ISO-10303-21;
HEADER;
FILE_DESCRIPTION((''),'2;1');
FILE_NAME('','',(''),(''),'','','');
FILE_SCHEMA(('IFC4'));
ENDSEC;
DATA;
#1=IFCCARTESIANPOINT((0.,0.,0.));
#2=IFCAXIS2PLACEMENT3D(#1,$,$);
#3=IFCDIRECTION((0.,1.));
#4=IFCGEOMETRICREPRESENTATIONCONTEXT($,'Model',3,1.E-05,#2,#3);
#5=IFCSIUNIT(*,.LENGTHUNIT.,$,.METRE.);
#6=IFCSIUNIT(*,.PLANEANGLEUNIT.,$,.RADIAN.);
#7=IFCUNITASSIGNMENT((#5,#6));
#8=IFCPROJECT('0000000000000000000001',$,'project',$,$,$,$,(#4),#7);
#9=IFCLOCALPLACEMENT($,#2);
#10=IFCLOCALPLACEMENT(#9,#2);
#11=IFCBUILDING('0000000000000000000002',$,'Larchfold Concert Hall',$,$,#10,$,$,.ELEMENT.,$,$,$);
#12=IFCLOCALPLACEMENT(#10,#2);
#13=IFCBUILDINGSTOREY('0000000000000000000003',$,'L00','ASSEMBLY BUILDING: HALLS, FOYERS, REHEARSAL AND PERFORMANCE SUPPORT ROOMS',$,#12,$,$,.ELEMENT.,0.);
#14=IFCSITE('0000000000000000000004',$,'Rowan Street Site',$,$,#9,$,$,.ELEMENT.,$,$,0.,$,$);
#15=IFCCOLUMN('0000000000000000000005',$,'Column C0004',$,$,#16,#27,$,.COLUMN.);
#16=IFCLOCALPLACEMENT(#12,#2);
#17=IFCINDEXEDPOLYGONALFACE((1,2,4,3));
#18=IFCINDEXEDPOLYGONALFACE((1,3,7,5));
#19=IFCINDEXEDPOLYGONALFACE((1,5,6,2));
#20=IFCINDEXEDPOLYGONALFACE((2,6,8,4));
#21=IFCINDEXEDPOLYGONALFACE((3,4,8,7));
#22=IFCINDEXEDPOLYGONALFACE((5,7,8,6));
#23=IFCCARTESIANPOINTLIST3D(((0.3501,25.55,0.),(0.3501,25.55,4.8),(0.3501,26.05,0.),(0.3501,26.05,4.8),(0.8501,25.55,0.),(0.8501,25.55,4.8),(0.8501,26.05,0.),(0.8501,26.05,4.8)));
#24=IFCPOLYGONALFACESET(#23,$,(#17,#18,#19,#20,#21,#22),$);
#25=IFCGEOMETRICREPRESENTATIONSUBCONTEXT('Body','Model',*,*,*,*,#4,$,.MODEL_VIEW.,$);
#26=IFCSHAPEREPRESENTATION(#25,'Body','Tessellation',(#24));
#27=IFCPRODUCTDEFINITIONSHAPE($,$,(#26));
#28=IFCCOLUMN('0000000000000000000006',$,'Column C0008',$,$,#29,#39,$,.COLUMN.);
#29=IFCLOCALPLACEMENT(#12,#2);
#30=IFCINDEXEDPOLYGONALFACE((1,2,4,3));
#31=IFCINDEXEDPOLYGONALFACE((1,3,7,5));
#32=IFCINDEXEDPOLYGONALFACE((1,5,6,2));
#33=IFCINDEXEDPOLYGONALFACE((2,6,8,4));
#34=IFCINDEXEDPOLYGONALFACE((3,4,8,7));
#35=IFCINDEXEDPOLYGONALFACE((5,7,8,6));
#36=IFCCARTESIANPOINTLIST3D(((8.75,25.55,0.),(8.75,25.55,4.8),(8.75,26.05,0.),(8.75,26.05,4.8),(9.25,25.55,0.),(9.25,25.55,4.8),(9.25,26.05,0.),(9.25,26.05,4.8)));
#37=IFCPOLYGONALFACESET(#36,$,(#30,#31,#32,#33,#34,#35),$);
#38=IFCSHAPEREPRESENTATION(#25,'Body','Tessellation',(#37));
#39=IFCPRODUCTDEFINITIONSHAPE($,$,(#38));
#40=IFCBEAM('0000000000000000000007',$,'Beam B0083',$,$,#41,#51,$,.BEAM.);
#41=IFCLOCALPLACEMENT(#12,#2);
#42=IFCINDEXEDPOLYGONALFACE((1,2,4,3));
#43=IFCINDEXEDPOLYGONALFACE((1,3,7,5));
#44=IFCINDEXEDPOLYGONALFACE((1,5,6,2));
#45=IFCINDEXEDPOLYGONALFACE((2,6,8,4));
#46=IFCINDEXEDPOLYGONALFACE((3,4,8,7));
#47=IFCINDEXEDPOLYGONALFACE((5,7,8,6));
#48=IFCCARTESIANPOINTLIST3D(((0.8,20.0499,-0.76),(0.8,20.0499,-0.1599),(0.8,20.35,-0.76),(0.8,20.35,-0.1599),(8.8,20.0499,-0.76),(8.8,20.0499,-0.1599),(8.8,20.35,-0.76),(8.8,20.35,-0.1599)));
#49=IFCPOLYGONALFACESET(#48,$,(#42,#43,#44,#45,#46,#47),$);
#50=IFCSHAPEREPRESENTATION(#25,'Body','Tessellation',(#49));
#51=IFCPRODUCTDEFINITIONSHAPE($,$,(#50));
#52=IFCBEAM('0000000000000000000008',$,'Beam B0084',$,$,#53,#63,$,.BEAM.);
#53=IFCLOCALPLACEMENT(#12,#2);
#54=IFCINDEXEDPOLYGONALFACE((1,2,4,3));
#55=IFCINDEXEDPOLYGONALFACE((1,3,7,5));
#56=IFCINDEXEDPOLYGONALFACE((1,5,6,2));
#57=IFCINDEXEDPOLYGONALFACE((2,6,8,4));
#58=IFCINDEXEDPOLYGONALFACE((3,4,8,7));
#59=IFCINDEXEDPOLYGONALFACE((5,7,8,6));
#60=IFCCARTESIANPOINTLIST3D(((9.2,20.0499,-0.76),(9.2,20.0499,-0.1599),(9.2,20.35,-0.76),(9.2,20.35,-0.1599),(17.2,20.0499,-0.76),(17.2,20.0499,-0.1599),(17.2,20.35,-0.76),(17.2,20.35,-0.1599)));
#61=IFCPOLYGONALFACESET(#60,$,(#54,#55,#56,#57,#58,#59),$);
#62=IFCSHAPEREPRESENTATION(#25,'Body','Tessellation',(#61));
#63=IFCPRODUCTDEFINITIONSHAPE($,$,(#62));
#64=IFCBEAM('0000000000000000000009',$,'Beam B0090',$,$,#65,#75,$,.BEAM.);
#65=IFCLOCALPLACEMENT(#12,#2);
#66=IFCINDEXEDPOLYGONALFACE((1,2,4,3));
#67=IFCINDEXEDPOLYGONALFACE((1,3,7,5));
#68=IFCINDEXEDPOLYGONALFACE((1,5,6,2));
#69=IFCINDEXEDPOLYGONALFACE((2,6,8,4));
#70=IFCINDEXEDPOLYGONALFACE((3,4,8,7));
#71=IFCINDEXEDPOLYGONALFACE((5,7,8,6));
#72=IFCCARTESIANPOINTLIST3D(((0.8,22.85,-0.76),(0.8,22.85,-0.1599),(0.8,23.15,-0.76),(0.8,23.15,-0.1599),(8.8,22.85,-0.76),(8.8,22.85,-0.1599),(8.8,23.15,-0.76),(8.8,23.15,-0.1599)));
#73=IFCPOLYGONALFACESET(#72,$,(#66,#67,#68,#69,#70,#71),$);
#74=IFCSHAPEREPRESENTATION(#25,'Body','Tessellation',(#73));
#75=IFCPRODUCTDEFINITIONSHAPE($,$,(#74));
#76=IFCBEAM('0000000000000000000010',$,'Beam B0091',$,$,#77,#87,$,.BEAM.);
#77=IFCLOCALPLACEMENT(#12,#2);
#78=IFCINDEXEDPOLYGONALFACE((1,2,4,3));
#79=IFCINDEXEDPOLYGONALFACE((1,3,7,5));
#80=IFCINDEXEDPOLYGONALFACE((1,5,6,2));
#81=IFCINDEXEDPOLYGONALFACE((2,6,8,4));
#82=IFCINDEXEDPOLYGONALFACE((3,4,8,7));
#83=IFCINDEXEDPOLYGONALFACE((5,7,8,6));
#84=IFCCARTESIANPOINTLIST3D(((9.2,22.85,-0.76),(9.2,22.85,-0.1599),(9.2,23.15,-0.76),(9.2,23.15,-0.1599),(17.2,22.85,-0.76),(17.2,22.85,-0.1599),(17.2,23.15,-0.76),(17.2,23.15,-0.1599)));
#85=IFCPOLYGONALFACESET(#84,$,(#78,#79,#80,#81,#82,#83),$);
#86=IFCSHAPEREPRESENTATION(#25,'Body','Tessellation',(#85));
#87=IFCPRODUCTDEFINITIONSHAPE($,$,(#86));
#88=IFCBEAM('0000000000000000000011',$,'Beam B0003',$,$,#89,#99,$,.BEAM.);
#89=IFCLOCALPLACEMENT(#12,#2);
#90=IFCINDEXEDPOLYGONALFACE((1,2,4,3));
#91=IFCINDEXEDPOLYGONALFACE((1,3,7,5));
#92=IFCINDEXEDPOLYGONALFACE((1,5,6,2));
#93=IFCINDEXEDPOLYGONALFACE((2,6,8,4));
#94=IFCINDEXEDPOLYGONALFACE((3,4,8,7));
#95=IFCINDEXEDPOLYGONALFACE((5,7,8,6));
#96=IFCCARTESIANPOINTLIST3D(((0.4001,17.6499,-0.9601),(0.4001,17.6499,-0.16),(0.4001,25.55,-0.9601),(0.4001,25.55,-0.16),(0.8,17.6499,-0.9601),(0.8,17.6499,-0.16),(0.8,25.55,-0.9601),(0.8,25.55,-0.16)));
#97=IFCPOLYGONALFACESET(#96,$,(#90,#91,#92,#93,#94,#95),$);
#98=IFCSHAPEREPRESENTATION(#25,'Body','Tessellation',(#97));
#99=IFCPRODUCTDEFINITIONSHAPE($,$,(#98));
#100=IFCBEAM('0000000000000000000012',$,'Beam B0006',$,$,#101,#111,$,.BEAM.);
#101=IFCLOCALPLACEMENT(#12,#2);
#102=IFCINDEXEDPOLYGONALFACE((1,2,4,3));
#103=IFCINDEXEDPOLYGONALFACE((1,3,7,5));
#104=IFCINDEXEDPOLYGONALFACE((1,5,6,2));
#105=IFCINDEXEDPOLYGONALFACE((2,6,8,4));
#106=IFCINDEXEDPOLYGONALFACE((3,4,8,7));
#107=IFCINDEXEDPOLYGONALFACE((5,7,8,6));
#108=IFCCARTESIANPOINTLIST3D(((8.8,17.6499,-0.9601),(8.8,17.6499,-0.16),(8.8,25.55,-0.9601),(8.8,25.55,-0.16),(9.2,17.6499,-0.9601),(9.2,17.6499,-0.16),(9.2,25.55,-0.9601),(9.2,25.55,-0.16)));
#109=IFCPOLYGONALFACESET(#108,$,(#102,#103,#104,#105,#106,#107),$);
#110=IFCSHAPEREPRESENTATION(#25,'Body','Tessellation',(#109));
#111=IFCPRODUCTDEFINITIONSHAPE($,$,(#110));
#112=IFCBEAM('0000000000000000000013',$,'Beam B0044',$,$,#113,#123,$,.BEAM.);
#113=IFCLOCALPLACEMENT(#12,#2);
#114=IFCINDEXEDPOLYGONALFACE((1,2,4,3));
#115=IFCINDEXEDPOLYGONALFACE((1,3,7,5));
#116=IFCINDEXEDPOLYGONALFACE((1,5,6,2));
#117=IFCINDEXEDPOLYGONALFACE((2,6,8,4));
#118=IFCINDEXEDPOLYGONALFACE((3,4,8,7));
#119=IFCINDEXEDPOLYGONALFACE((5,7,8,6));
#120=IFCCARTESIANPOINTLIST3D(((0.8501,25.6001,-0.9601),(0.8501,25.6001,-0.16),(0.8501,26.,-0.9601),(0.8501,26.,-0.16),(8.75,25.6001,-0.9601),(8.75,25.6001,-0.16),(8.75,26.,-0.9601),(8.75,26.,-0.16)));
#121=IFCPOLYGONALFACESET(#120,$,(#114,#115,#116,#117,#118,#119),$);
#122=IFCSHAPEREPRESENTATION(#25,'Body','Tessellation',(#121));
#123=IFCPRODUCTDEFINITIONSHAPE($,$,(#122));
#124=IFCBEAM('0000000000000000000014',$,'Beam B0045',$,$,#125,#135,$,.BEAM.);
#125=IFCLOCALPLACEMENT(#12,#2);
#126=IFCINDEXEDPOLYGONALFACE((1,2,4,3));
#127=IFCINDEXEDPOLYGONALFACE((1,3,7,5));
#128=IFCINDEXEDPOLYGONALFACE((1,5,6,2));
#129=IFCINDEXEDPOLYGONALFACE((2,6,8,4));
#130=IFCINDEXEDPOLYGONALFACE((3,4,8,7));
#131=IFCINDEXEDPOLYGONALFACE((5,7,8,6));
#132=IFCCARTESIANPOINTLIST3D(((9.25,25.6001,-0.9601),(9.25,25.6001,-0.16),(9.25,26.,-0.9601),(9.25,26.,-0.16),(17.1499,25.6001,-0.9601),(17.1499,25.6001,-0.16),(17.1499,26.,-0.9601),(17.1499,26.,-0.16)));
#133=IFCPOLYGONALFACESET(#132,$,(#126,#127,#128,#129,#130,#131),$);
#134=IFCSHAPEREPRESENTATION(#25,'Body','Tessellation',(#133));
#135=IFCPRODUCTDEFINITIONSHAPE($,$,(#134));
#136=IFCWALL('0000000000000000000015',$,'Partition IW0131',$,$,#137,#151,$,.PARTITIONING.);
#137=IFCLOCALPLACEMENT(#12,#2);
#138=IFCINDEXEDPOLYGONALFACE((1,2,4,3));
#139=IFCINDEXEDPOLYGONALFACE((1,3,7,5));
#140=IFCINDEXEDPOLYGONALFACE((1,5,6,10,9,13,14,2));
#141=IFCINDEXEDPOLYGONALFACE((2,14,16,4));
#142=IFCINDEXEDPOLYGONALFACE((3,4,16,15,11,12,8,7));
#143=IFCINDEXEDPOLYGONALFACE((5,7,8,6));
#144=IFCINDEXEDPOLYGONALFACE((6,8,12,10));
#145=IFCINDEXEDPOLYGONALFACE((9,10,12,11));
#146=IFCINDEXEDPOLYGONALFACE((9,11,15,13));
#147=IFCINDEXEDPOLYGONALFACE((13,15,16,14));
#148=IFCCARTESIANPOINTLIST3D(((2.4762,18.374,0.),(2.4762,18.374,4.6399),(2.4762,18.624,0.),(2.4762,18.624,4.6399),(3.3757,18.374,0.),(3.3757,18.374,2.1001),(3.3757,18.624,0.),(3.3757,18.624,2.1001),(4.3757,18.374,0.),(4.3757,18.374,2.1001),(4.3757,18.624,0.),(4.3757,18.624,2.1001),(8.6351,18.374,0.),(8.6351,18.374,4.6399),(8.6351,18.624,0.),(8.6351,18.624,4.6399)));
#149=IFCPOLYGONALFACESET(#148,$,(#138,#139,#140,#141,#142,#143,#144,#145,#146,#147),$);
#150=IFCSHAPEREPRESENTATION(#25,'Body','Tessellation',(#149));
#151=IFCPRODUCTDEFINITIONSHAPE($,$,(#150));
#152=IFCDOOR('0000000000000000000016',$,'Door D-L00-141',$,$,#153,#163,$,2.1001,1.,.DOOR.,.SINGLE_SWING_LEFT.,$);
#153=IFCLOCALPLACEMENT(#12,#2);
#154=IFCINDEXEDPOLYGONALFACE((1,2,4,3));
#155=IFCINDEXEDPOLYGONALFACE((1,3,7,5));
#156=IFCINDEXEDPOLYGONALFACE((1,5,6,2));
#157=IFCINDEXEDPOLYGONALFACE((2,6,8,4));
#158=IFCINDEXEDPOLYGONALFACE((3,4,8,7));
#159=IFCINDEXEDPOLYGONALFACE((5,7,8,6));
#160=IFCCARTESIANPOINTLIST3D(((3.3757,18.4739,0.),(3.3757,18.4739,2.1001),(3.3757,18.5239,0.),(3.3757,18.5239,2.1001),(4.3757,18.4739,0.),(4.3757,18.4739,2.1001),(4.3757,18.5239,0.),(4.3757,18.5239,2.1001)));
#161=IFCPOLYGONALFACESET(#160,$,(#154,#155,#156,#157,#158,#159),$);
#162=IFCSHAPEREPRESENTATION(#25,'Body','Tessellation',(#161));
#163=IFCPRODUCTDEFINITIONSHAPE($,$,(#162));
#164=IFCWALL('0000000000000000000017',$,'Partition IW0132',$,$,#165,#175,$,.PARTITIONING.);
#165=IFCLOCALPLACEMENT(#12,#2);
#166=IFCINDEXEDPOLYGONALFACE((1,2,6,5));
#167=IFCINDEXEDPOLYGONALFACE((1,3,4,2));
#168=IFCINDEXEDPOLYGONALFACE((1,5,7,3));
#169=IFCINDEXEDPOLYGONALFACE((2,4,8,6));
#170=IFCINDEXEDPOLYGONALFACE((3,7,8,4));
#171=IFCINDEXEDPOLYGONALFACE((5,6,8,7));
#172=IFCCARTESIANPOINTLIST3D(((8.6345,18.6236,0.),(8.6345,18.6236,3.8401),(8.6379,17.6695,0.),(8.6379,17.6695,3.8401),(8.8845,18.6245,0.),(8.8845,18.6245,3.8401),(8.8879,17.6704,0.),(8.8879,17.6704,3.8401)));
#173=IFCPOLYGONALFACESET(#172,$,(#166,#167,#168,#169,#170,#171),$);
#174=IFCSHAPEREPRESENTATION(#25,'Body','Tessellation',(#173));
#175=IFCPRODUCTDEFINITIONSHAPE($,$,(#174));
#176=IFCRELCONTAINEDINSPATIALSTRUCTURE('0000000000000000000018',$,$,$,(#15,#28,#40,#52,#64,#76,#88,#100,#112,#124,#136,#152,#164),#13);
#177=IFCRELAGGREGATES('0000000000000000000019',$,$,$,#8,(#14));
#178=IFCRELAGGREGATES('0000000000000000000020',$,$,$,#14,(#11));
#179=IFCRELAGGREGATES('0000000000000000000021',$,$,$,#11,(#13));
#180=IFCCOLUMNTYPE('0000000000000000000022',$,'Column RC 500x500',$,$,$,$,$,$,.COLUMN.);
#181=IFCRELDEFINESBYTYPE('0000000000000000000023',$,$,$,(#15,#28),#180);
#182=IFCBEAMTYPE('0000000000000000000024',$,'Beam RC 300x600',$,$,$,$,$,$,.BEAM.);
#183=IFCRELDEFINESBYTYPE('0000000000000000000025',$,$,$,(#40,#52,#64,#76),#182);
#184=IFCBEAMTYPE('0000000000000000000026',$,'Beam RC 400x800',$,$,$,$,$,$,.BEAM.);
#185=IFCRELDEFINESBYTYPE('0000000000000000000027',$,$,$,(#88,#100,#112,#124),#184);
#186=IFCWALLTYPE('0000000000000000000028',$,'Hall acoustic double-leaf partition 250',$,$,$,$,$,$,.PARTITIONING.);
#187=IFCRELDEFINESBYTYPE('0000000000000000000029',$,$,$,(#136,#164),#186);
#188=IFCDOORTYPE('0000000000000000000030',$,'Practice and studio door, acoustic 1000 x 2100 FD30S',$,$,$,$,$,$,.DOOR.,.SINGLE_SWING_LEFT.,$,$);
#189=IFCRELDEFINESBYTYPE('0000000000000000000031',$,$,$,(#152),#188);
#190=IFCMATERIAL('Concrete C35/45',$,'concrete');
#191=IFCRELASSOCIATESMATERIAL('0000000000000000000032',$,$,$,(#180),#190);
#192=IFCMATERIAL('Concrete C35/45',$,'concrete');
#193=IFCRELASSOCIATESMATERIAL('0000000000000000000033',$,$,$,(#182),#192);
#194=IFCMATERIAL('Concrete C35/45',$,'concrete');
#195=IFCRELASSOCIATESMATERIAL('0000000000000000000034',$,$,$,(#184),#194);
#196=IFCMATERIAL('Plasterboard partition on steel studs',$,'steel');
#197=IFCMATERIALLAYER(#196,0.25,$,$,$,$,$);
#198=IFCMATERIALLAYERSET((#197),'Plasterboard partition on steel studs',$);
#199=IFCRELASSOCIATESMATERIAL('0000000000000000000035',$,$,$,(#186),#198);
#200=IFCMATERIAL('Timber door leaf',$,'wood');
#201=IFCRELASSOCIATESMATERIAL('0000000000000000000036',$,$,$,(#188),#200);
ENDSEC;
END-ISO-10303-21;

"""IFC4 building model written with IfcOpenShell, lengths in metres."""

from ifc_helpers import new_model, si_unit, direction, frame, frame_2d, origin, origin_2d, place, context, subcontext, project, spatial, rectangle, extrude, material, layer, layer_set, material_profile, profile_set, type_object, element, fill, save


model = new_model("IFC4")

# Units and contexts
model_context = context("Model", 3, precision=1e-05, world=origin(), true_north=direction((0.0, 1.0)))
body_context = subcontext(model_context, "Body", "Model", "MODEL_VIEW")
ifc_project = project(units=[si_unit("LENGTHUNIT", "METRE"), si_unit("PLANEANGLEUNIT", "RADIAN")], contexts=[model_context])

# Site, building, storey
site_placement = place(None, origin())
site = spatial("IfcSite", under=ifc_project, at=site_placement, Name="Rowan Street Site", CompositionType="ELEMENT", RefElevation=0.0)
building_placement = place(site_placement, origin())
building = spatial("IfcBuilding", under=site, at=building_placement, Name="Larchfold Concert Hall", CompositionType="ELEMENT")
storey_placement = place(building_placement, origin())
storey = spatial("IfcBuildingStorey", under=building, at=storey_placement, Name="L00", Description="ASSEMBLY BUILDING: HALLS, FOYERS, REHEARSAL AND PERFORMANCE SUPPORT ROOMS", CompositionType="ELEMENT", Elevation=0.0)

# Columns
ifc_material_1 = material(Name="Concrete C35/45", Category="concrete")
ifc_material_profile_1 = material_profile(ifc_material_1, rectangle(XDim=0.5, YDim=0.5, at=origin_2d()))
ifc_profile_set_1 = profile_set([ifc_material_profile_1], Name="Concrete C35/45")
column_type = type_object("IfcColumnType", Name="Column RC 500x500", PredefinedType="COLUMN", material=ifc_profile_set_1)
for number, where, z_axis, x_axis, name in (
    (1, (0.6001, 25.8, 0.0), (0.0, 0.0, 1.0), (1.0, 0.0, 0.0), "Column C0004"),
    (2, (9.0, 25.8, 0.0), (0.0, 0.0, 1.0), (1.0, 0.0, 0.0), "Column C0008"),
):
    element("IfcColumn", number, at=place(storey_placement, frame(where, z_axis=z_axis, x_axis=x_axis)), inside=storey, type_object=column_type, Name=name, PredefinedType="COLUMN", context=body_context, shape_type="SweptSolid", body=[
        extrude(rectangle(XDim=0.5, YDim=0.5, at=origin_2d()), origin(), (0.0, 0.0, 1.0), 4.8),
    ])

# Beams
ifc_material_2 = material(Name="Concrete C35/45", Category="concrete")
ifc_material_profile_2 = material_profile(ifc_material_2, rectangle(XDim=0.3, YDim=0.6001, at=origin_2d()))
ifc_profile_set_2 = profile_set([ifc_material_profile_2], Name="Concrete C35/45")
beam_type_1 = type_object("IfcBeamType", Name="Beam RC 300x600", PredefinedType="BEAM", material=ifc_profile_set_2)
for number, where, z_axis, x_axis, name in (
    (3, (0.8, 20.2, -0.46), (1.0, 0.0, 0.0), (0.0, 1.0, 0.0), "Beam B0083"),
    (4, (9.2, 20.2, -0.46), (1.0, 0.0, 0.0), (0.0, 1.0, 0.0), "Beam B0084"),
    (5, (0.8, 23.0, -0.46), (1.0, 0.0, 0.0), (0.0, 1.0, 0.0), "Beam B0090"),
    (6, (9.2, 23.0, -0.46), (1.0, 0.0, 0.0), (0.0, 1.0, 0.0), "Beam B0091"),
):
    element("IfcBeam", number, at=place(storey_placement, frame(where, z_axis=z_axis, x_axis=x_axis)), inside=storey, type_object=beam_type_1, Name=name, PredefinedType="BEAM", context=body_context, shape_type="SweptSolid", body=[
        extrude(rectangle(XDim=0.3, YDim=0.6001, at=origin_2d()), origin(), (0.0, 0.0, 1.0), 8.0),
    ])
ifc_material_3 = material(Name="Concrete C35/45", Category="concrete")
ifc_material_profile_3 = material_profile(ifc_material_3, rectangle(XDim=0.3999, YDim=0.8, at=origin_2d()))
ifc_profile_set_3 = profile_set([ifc_material_profile_3], Name="Concrete C35/45")
beam_type_2 = type_object("IfcBeamType", Name="Beam RC 400x800", PredefinedType="BEAM", material=ifc_profile_set_3)
for number, where, z_axis, x_axis, name in (
    (7, (0.6001, 17.6499, -0.5601), (0.0, 1.0, 0.0), (-1.0, 0.0, 0.0), "Beam B0003"),
    (8, (9.0, 17.6499, -0.5601), (0.0, 1.0, 0.0), (-1.0, 0.0, 0.0), "Beam B0006"),
):
    element("IfcBeam", number, at=place(storey_placement, frame(where, z_axis=z_axis, x_axis=x_axis)), inside=storey, type_object=beam_type_2, Name=name, PredefinedType="BEAM", context=body_context, shape_type="SweptSolid", body=[
        extrude(rectangle(XDim=0.3999, YDim=0.8, at=origin_2d()), origin(), (0.0, 0.0, 1.0), 7.9001),
    ])
for number, where, z_axis, x_axis, name in (
    (9, (0.8501, 25.8, -0.5601), (1.0, 0.0, 0.0), (0.0, 1.0, 0.0), "Beam B0044"),
    (10, (9.25, 25.8, -0.5601), (1.0, 0.0, 0.0), (0.0, 1.0, 0.0), "Beam B0045"),
):
    element("IfcBeam", number, at=place(storey_placement, frame(where, z_axis=z_axis, x_axis=x_axis)), inside=storey, type_object=beam_type_2, Name=name, PredefinedType="BEAM", context=body_context, shape_type="SweptSolid", body=[
        extrude(rectangle(XDim=0.3999, YDim=0.8, at=origin_2d()), origin(), (0.0, 0.0, 1.0), 7.8999),
    ])

# Wall, opening, door
ifc_material_4 = material(Name="Plasterboard partition on steel studs", Category="steel")
ifc_layer_1 = layer(ifc_material_4, 0.25)
ifc_layer_set_1 = layer_set([ifc_layer_1], Name="Plasterboard partition on steel studs")
wall_type_1 = type_object("IfcWallType", Name="Hall acoustic double-leaf partition 250", PredefinedType="PARTITIONING", material=ifc_layer_set_1)
wall_1_placement = place(storey_placement, frame((2.4761, 18.499, 0.0), z_axis=(0.0, 0.0, 1.0), x_axis=(1.0, 0.0, 0.0)))
wall_1 = element("IfcWall", 11, at=wall_1_placement, inside=storey, type_object=wall_type_1, Name="Partition IW0131", PredefinedType="PARTITIONING", context=body_context, shape_type="SweptSolid", body=[
    extrude(rectangle(XDim=6.1589, YDim=0.25, at=frame_2d((3.0796, 0.0))), origin(), (0.0, 0.0, 1.0), 4.6399),
])
opening_1_placement = place(wall_1_placement, frame((0.8997, 0.0, 0.0)))
opening_1 = element("IfcOpeningElement", 12, at=opening_1_placement, cuts=wall_1, PredefinedType="OPENING", context=body_context, shape_type="SweptSolid", body=[
    extrude(rectangle(XDim=1.0, YDim=2.1001, at=frame_2d((0.5, 1.05))), frame((0.0, 0.135, 0.0), z_axis=(0.0, -1.0, 0.0), x_axis=(1.0, 0.0, 0.0)), (0.0, 0.0, 1.0), 0.27),
])
ifc_material_5 = material(Name="Timber door leaf", Category="wood")
door_type = type_object("IfcDoorType", Name="Practice and studio door, acoustic 1000 x 2100 FD30S", OperationType="SINGLE_SWING_LEFT", PredefinedType="DOOR", material=ifc_material_5)
door_placement = place(opening_1_placement, origin())
door = element("IfcDoor", 13, at=door_placement, inside=storey, type_object=door_type, Name="Door D-L00-141", OperationType="SINGLE_SWING_LEFT", OverallHeight=2.1001, OverallWidth=1.0, PredefinedType="DOOR", context=body_context, shape_type="SweptSolid", body=[
    extrude(rectangle(XDim=1.0, YDim=2.1001, at=frame_2d((0.5, 1.05))), frame((0.0, 0.0249, 0.0), z_axis=(0.0, -1.0, 0.0), x_axis=(1.0, 0.0, 0.0)), (0.0, 0.0, 1.0), 0.05),
])
fill(opening_1, door)

# Wall
wall_2_placement = place(storey_placement, frame((8.7595, 18.624, 0.0), z_axis=(0.0, 0.0, 1.0), x_axis=(0.003582, -0.999994, 0.0)))
element("IfcWall", 14, at=wall_2_placement, inside=storey, type_object=wall_type_1, Name="Partition IW0132", PredefinedType="PARTITIONING", context=body_context, shape_type="SweptSolid", body=[
    extrude(rectangle(XDim=0.9541, YDim=0.25, at=frame_2d((0.4771, 0.0))), origin(), (0.0, 0.0, 1.0), 3.8401),
])

save(model, "model.ifc")
